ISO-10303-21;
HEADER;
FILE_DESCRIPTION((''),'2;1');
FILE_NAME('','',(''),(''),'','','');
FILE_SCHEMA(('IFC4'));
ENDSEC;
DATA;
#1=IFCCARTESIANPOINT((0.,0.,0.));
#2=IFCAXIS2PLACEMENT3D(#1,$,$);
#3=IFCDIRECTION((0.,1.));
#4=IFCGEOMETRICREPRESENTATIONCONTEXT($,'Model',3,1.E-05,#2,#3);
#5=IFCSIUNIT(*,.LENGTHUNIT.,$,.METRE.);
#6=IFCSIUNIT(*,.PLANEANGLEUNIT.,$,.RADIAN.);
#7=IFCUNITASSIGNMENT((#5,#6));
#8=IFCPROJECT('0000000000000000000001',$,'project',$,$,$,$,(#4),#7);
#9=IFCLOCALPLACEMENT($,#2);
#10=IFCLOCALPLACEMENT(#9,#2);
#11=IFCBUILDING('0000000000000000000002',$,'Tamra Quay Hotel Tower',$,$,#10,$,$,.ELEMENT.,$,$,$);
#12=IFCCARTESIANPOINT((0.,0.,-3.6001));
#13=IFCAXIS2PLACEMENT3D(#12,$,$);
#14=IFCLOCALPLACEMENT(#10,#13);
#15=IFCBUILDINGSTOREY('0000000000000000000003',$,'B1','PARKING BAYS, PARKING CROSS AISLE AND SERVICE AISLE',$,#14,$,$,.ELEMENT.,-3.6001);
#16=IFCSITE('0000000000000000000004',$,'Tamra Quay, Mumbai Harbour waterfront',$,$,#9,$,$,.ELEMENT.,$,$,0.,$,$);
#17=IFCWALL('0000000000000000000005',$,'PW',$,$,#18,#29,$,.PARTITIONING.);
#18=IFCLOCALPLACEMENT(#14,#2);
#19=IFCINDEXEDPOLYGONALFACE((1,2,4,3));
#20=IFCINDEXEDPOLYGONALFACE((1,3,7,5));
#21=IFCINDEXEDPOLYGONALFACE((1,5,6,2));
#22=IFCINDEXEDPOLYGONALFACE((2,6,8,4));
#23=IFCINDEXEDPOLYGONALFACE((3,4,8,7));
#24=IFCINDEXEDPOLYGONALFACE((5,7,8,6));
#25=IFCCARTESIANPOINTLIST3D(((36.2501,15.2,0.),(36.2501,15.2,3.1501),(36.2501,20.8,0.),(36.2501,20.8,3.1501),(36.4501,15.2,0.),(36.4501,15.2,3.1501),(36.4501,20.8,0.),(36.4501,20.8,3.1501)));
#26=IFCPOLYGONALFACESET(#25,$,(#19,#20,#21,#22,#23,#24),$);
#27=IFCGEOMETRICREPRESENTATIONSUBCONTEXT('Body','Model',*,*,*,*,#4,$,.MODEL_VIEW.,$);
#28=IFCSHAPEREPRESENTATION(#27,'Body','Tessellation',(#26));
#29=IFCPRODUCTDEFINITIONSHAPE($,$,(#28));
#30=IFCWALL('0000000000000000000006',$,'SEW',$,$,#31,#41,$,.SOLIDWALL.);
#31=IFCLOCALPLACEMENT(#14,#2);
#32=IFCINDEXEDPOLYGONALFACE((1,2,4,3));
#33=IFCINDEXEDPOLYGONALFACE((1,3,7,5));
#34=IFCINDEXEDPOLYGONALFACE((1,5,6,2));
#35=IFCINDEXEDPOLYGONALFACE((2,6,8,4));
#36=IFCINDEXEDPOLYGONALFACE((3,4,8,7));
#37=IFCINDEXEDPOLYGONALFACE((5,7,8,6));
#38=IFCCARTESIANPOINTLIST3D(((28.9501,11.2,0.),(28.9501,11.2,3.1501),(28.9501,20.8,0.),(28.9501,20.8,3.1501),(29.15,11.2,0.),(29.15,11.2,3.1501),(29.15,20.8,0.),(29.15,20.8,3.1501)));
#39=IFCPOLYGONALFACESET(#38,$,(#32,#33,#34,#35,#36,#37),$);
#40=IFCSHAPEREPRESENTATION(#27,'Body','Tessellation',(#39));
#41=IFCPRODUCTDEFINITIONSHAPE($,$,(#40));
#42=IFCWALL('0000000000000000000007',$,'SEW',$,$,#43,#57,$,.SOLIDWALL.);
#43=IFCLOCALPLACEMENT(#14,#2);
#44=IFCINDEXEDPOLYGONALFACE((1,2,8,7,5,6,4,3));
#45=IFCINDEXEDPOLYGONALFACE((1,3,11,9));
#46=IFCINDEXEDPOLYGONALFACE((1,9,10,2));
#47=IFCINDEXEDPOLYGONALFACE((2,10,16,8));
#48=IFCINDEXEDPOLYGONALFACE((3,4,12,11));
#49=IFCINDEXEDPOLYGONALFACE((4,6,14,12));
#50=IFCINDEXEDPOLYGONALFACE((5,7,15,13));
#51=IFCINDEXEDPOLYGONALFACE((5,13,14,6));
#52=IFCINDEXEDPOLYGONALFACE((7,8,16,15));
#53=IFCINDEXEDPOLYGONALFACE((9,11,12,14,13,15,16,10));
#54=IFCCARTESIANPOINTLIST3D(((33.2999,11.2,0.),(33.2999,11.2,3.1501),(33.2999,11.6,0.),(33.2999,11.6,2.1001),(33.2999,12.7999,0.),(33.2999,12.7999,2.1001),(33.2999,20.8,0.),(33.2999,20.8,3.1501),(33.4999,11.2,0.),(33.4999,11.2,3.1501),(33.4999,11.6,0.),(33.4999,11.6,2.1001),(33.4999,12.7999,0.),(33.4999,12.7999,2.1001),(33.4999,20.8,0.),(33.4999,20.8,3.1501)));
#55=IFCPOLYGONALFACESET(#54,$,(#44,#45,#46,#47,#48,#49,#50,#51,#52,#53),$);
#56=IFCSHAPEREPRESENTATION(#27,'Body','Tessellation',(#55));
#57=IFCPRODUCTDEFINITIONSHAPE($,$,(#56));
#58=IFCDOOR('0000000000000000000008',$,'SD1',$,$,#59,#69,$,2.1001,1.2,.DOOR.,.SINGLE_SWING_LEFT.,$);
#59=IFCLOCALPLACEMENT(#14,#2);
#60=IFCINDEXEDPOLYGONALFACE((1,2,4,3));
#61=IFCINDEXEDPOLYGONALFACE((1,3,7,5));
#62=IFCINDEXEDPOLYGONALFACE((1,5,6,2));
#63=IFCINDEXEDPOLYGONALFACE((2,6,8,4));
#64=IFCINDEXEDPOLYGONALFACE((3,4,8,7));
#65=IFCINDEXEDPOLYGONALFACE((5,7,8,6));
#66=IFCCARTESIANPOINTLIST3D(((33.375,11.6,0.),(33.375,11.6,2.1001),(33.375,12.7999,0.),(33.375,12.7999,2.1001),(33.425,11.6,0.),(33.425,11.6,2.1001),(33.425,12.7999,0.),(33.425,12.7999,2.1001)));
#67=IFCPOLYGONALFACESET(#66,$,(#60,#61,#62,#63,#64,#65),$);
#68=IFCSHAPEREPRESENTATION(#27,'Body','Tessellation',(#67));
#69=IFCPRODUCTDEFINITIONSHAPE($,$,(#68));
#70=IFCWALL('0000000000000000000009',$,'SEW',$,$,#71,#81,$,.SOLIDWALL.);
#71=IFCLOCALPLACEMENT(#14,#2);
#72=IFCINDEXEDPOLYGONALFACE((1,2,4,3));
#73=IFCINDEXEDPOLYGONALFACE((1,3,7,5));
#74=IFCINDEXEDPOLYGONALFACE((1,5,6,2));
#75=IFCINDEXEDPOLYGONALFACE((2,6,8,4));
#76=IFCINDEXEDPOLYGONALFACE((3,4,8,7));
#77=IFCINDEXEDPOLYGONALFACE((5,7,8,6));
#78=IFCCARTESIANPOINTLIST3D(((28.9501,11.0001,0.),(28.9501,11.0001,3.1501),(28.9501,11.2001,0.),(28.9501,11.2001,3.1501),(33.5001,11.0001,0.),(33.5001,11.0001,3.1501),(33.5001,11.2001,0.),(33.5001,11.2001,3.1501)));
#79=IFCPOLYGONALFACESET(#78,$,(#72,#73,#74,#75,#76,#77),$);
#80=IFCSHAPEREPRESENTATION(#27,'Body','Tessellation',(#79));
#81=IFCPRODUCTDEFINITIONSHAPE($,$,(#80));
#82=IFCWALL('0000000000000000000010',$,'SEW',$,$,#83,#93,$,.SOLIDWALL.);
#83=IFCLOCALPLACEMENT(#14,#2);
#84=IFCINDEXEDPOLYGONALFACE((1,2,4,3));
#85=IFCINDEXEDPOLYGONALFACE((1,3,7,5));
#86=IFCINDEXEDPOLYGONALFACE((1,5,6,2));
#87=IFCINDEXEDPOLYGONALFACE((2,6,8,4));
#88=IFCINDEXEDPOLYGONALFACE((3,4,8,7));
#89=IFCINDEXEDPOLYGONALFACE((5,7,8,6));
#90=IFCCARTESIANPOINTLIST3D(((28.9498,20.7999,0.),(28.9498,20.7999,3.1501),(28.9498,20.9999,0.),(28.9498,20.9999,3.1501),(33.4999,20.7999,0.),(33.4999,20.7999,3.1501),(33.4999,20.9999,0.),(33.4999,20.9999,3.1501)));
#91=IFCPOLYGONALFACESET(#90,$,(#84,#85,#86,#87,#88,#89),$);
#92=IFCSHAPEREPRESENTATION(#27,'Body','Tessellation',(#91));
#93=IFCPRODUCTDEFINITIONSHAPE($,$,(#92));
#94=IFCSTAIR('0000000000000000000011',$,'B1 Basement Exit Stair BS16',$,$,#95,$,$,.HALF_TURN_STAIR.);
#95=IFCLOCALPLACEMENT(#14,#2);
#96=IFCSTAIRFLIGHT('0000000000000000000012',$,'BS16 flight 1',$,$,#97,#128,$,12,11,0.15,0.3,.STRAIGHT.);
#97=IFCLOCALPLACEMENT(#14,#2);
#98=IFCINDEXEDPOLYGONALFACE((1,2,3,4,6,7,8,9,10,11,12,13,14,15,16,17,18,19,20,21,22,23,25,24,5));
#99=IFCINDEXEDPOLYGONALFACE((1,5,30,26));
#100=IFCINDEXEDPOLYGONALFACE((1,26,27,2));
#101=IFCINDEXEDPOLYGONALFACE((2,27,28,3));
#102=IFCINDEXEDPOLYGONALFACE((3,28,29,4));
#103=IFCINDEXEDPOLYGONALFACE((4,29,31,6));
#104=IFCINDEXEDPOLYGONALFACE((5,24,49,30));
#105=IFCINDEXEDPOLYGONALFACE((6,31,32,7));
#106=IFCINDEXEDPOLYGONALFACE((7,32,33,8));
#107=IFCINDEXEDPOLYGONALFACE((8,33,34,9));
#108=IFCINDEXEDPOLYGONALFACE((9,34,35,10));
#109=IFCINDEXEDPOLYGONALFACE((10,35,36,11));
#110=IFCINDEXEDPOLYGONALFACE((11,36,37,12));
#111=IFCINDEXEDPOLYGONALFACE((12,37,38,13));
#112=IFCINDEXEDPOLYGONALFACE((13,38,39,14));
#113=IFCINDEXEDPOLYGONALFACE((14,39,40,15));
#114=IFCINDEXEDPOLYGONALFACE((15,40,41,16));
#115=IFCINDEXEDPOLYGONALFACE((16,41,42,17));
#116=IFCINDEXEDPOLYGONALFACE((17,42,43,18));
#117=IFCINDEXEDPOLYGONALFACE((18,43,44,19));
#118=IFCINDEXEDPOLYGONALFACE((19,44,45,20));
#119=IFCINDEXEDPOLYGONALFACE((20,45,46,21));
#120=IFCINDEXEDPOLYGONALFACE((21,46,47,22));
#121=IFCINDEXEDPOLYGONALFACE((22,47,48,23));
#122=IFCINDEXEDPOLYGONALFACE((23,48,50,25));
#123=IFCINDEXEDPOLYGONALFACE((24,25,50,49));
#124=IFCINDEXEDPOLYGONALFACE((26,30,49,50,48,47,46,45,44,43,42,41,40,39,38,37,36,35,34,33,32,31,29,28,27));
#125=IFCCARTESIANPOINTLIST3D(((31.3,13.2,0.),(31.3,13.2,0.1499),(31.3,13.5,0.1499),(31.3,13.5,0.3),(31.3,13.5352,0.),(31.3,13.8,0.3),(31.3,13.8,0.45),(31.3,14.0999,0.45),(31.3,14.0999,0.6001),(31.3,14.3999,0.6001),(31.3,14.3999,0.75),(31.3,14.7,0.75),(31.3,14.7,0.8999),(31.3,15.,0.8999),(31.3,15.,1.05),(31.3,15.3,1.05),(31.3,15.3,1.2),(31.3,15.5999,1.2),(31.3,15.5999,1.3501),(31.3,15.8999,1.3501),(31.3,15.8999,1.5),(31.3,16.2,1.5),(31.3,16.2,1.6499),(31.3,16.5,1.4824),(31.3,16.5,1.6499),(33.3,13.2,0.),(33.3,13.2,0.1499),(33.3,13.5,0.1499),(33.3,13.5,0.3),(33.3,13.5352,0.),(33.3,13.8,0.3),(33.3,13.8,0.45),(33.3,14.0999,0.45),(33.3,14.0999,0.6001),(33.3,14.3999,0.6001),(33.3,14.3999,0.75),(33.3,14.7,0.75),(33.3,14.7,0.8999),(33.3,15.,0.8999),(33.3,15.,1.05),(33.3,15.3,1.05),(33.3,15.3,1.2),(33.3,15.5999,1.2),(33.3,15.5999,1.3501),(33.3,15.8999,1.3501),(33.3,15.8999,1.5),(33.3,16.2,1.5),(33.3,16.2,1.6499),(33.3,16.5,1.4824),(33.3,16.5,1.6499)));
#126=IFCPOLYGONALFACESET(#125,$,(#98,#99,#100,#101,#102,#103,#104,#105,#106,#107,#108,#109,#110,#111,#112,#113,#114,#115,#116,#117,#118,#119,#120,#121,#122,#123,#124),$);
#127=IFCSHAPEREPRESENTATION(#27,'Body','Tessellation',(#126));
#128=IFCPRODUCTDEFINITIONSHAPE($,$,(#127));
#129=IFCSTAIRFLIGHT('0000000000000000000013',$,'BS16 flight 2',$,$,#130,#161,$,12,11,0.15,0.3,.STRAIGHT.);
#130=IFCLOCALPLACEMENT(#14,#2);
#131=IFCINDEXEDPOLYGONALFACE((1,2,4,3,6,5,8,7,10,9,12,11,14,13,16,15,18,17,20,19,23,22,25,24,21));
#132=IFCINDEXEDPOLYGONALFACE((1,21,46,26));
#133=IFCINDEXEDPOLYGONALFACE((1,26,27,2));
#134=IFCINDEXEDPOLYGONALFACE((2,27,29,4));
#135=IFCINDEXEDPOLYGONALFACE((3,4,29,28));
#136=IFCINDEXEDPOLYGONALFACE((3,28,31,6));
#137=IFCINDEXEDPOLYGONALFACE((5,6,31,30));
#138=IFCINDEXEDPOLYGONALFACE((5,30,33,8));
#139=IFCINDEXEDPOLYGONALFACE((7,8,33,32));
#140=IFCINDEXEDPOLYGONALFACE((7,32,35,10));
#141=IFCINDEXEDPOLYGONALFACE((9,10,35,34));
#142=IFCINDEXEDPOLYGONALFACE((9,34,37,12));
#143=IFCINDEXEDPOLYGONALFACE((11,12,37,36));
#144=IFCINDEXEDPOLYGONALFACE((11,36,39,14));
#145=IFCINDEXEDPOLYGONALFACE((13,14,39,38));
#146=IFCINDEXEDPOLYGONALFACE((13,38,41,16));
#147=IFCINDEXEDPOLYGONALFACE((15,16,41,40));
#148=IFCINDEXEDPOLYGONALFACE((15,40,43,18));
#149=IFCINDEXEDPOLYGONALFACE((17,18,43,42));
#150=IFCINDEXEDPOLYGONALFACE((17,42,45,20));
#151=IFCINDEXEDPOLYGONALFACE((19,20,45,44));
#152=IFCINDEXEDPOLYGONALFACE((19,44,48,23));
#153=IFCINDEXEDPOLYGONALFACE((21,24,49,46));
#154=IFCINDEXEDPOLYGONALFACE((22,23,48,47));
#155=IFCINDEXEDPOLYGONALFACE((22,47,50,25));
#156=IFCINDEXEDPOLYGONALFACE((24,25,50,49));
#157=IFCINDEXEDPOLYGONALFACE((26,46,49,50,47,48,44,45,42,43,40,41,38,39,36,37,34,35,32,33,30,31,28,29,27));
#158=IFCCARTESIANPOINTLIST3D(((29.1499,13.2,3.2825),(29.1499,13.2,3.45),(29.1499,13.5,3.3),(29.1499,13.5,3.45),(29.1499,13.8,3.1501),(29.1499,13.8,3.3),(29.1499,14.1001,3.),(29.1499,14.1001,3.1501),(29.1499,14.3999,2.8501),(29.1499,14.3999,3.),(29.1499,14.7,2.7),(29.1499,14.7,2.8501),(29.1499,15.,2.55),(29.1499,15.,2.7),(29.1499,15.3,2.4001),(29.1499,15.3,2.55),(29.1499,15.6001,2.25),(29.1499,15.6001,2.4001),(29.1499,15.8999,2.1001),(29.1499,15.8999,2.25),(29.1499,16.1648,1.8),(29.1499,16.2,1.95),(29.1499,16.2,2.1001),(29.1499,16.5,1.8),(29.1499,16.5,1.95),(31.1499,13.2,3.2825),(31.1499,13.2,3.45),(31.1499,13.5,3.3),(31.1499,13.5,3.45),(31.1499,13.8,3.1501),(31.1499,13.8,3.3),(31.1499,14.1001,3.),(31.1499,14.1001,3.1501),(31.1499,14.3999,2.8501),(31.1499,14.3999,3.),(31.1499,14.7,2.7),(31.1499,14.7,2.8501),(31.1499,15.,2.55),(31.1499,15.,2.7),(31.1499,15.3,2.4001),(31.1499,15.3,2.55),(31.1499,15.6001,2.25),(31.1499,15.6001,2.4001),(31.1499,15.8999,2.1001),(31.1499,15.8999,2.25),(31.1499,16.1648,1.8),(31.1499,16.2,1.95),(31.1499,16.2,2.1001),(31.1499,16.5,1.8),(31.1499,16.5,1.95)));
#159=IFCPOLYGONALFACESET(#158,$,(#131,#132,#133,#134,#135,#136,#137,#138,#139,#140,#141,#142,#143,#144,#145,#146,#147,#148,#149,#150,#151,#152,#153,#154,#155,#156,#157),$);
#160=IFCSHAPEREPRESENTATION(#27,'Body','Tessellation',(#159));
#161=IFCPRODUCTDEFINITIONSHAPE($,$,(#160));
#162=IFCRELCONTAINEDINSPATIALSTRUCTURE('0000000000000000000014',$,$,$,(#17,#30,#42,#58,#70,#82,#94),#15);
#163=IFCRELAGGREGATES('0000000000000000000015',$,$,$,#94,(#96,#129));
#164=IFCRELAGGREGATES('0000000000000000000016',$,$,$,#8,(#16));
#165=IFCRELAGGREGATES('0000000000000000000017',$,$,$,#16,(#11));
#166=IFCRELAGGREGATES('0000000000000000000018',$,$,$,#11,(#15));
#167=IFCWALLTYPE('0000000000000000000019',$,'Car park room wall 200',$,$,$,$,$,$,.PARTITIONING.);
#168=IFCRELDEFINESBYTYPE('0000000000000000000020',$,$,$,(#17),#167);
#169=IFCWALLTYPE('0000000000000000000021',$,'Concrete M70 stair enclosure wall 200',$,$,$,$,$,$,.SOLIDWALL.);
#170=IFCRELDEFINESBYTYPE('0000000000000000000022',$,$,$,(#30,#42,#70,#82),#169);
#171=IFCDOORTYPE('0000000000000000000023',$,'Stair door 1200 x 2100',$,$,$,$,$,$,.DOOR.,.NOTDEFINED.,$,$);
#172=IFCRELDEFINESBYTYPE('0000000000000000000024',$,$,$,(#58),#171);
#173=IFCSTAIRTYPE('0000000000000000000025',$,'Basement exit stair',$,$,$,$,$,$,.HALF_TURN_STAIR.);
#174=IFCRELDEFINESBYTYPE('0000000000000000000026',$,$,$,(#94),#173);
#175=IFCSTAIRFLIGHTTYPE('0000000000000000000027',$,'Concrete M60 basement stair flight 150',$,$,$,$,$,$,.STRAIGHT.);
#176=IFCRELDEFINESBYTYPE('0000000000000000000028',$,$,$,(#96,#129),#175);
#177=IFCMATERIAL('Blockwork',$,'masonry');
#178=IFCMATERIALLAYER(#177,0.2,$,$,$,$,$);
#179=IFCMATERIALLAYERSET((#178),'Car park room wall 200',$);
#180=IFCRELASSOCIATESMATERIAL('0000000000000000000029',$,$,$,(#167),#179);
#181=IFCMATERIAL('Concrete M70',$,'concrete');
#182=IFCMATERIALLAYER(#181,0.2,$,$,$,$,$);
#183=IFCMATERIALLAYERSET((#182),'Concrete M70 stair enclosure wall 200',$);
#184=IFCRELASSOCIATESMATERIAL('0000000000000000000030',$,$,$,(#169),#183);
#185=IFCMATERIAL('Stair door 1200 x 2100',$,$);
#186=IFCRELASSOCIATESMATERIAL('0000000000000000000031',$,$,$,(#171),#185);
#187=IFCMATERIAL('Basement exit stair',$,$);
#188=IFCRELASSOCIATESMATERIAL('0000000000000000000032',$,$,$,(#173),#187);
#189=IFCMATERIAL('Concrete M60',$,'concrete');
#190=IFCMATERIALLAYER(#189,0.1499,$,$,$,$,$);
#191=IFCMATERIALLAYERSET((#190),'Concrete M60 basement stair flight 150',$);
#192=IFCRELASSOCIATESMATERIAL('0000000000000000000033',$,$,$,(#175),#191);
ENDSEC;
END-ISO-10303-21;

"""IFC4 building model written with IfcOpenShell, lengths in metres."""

from ifc_helpers import new_model, si_unit, direction, frame, frame_2d, origin, place, context, subcontext, project, spatial, polyline, rectangle, outline, extrude, material, layer, layer_set, type_object, element, fill, aggregate, save


model = new_model("IFC4")

# Units and contexts
model_context = context("Model", 3, precision=1e-05, world=origin(), true_north=direction((0.0, 1.0)))
body_context = subcontext(model_context, "Body", "Model", "MODEL_VIEW")
ifc_project = project(units=[si_unit("LENGTHUNIT", "METRE"), si_unit("PLANEANGLEUNIT", "RADIAN")], contexts=[model_context])

# Site, building, storey
site_placement = place(None, origin())
site = spatial("IfcSite", under=ifc_project, at=site_placement, Name="Tamra Quay, Mumbai Harbour waterfront", CompositionType="ELEMENT", RefElevation=0.0)
building_placement = place(site_placement, origin())
building = spatial("IfcBuilding", under=site, at=building_placement, Name="Tamra Quay Hotel Tower", CompositionType="ELEMENT")
storey_placement = place(building_placement, frame((0.0, 0.0, -3.6001)))
storey = spatial("IfcBuildingStorey", under=building, at=storey_placement, Name="B1", Description="PARKING BAYS, PARKING CROSS AISLE AND SERVICE AISLE", CompositionType="ELEMENT", Elevation=-3.6001)

# Shared definitions
ifc_material_1 = material(Name="Concrete M70", Category="concrete")

# Shared definitions
ifc_material_2 = material(Name="Blockwork", Category="masonry")
ifc_layer_1 = layer(ifc_material_2, 0.2)
ifc_layer_set_1 = layer_set([ifc_layer_1], Name="Car park room wall 200")
wall_type_1 = type_object("IfcWallType", Name="Car park room wall 200", PredefinedType="PARTITIONING", material=ifc_layer_set_1)

# Walls
wall_1_placement = place(storey_placement, frame((36.3501, 15.2, 0.0), z_axis=(0.0, 0.0, 1.0), x_axis=(0.0, 1.0, 0.0)))
element("IfcWall", 1, at=wall_1_placement, inside=storey, type_object=wall_type_1, Name="PW", PredefinedType="PARTITIONING", context=body_context, shape_type="SweptSolid", body=[
    extrude(rectangle(XDim=5.6001, YDim=0.2, at=frame_2d((2.8, 0.0))), origin(), (0.0, 0.0, 1.0), 3.1501),
])
ifc_layer_2 = layer(ifc_material_1, 0.2)
ifc_layer_set_2 = layer_set([ifc_layer_2], Name="Concrete M70 stair enclosure wall 200")
wall_type_2 = type_object("IfcWallType", Name="Concrete M70 stair enclosure wall 200", PredefinedType="SOLIDWALL", material=ifc_layer_set_2)
wall_2_placement = place(storey_placement, frame((29.05, 11.2, 0.0), z_axis=(0.0, 0.0, 1.0), x_axis=(0.0, 1.0, 0.0)))
element("IfcWall", 2, at=wall_2_placement, inside=storey, type_object=wall_type_2, Name="SEW", PredefinedType="SOLIDWALL", context=body_context, shape_type="SweptSolid", body=[
    extrude(rectangle(XDim=9.6001, YDim=0.2, at=frame_2d((4.8, 0.0))), origin(), (0.0, 0.0, 1.0), 3.1501),
])

# Wall, opening, door
wall_3_placement = place(storey_placement, frame((33.3999, 11.2, 0.0), z_axis=(0.0, 0.0, 1.0), x_axis=(0.0, 1.0, 0.0)))
wall_3 = element("IfcWall", 3, at=wall_3_placement, inside=storey, type_object=wall_type_2, Name="SEW", PredefinedType="SOLIDWALL", context=body_context, shape_type="SweptSolid", body=[
    extrude(rectangle(XDim=9.6001, YDim=0.2, at=frame_2d((4.8, 0.0))), origin(), (0.0, 0.0, 1.0), 3.1501),
])
opening_1_placement = place(wall_3_placement, frame((0.3999, 0.0, 0.0)))
opening_1 = element("IfcOpeningElement", 4, at=opening_1_placement, cuts=wall_3, PredefinedType="OPENING", context=body_context, shape_type="SweptSolid", body=[
    extrude(rectangle(XDim=1.2, YDim=2.1001, at=frame_2d((0.6001, 1.05))), frame((0.0, 0.1099, 0.0), z_axis=(0.0, -1.0, 0.0), x_axis=(1.0, 0.0, 0.0)), (0.0, 0.0, 1.0), 0.22),
])
ifc_material_3 = material(Name="Stair door 1200 x 2100")
door_type_1 = type_object("IfcDoorType", Name="Stair door 1200 x 2100", OperationType="NOTDEFINED", PredefinedType="DOOR", material=ifc_material_3)
door_1_placement = place(opening_1_placement, origin())
door_1 = element("IfcDoor", 5, at=door_1_placement, inside=storey, type_object=door_type_1, Name="SD1", OperationType="SINGLE_SWING_LEFT", OverallHeight=2.1001, OverallWidth=1.2, PredefinedType="DOOR", context=body_context, shape_type="SweptSolid", body=[
    extrude(rectangle(XDim=1.2, YDim=2.1001, at=frame_2d((0.6001, 1.05))), frame((0.0, 0.0249, 0.0), z_axis=(0.0, -1.0, 0.0), x_axis=(1.0, 0.0, 0.0)), (0.0, 0.0, 1.0), 0.05),
])
fill(opening_1, door_1)

# Walls
for number, where, z_axis, x_axis, name in (
    (6, (33.5, 11.1001, 0.0), (0.0, 0.0, 1.0), (-1.0, 0.0, 0.0), "SEW"),
    (7, (28.95, 20.8999, 0.0), (0.0, 0.0, 1.0), (1.0, 0.0, 0.0), "SEW"),
):
    element("IfcWall", number, at=place(storey_placement, frame(where, z_axis=z_axis, x_axis=x_axis)), inside=storey, type_object=wall_type_2, Name=name, PredefinedType="SOLIDWALL", context=body_context, shape_type="SweptSolid", body=[
        extrude(rectangle(XDim=4.55, YDim=0.2, at=frame_2d((2.2749, 0.0))), origin(), (0.0, 0.0, 1.0), 3.1501),
    ])

# Stair, stair flights
ifc_material_4 = material(Name="Basement exit stair")
stair_type = type_object("IfcStairType", Name="Basement exit stair", PredefinedType="HALF_TURN_STAIR", material=ifc_material_4)
stair_placement = place(storey_placement, origin())
stair = element("IfcStair", 8, at=stair_placement, inside=storey, type_object=stair_type, Name="B1 Basement Exit Stair BS16", PredefinedType="HALF_TURN_STAIR")
ifc_material_5 = material(Name="Concrete M60", Category="concrete")
ifc_layer_3 = layer(ifc_material_5, 0.1499)
ifc_layer_set_3 = layer_set([ifc_layer_3], Name="Concrete M60 basement stair flight 150")
stair_flight_type = type_object("IfcStairFlightType", Name="Concrete M60 basement stair flight 150", PredefinedType="STRAIGHT", material=ifc_layer_set_3)
stair_flight_1_placement = place(storey_placement, frame((32.3, 13.2, 0.0), z_axis=(0.0, 0.0, 1.0), x_axis=(0.0, 1.0, 0.0)))
stair_flight_1 = element("IfcStairFlight", 9, at=stair_flight_1_placement, type_object=stair_flight_type, Name="BS16 flight 1", NumberOfRisers=12, NumberOfTreads=11, PredefinedType="STRAIGHT", RiserHeight=0.15, TreadLength=0.3, context=body_context, shape_type="SweptSolid", body=[
    extrude(outline(polyline([(0.0, 0.0), (0.0, 0.1499), (0.3, 0.1499), (0.3, 0.3), (0.6001, 0.3), (0.6001, 0.45), (0.8999, 0.45), (0.8999, 0.6001), (1.2, 0.6001), (1.2, 0.75), (1.5, 0.75), (1.5, 0.8999), (1.8, 0.8999), (1.8, 1.05), (2.1001, 1.05), (2.1001, 1.2), (2.3999, 1.2), (2.3999, 1.3501), (2.7, 1.3501), (2.7, 1.5), (3.0, 1.5), (3.0, 1.6499), (3.3, 1.6499), (3.3, 1.8), (3.3, 1.4824), (0.3352, 0.0), (0.0, 0.0)])), frame((0.0, 1.0, 0.0), z_axis=(0.0, -1.0, 0.0), x_axis=(1.0, 0.0, 0.0)), (0.0, 0.0, 1.0), 2.0),
])
stair_flight_2_placement = place(storey_placement, frame((30.1499, 16.5, 1.8), z_axis=(0.0, 0.0, 1.0), x_axis=(0.0, -1.0, 0.0)))
stair_flight_2 = element("IfcStairFlight", 10, at=stair_flight_2_placement, type_object=stair_flight_type, Name="BS16 flight 2", NumberOfRisers=12, NumberOfTreads=11, PredefinedType="STRAIGHT", RiserHeight=0.15, TreadLength=0.3, context=body_context, shape_type="SweptSolid", body=[
    extrude(outline(polyline([(0.0, 0.0), (0.0, 0.1499), (0.3, 0.1499), (0.3, 0.3), (0.6001, 0.3), (0.6001, 0.45), (0.8999, 0.45), (0.8999, 0.6001), (1.2, 0.6001), (1.2, 0.75), (1.5, 0.75), (1.5, 0.8999), (1.8, 0.8999), (1.8, 1.05), (2.1001, 1.05), (2.1001, 1.2), (2.3999, 1.2), (2.3999, 1.3501), (2.7, 1.3501), (2.7, 1.5), (3.0, 1.5), (3.0, 1.6499), (3.3, 1.6499), (3.3, 1.8), (3.3, 1.4824), (0.3352, 0.0), (0.0, 0.0)])), frame((0.0, 1.0, 0.0), z_axis=(0.0, -1.0, 0.0), x_axis=(1.0, 0.0, 0.0)), (0.0, 0.0, 1.0), 2.0),
])
aggregate(stair, [stair_flight_1, stair_flight_2])

save(model, "model.ifc")
